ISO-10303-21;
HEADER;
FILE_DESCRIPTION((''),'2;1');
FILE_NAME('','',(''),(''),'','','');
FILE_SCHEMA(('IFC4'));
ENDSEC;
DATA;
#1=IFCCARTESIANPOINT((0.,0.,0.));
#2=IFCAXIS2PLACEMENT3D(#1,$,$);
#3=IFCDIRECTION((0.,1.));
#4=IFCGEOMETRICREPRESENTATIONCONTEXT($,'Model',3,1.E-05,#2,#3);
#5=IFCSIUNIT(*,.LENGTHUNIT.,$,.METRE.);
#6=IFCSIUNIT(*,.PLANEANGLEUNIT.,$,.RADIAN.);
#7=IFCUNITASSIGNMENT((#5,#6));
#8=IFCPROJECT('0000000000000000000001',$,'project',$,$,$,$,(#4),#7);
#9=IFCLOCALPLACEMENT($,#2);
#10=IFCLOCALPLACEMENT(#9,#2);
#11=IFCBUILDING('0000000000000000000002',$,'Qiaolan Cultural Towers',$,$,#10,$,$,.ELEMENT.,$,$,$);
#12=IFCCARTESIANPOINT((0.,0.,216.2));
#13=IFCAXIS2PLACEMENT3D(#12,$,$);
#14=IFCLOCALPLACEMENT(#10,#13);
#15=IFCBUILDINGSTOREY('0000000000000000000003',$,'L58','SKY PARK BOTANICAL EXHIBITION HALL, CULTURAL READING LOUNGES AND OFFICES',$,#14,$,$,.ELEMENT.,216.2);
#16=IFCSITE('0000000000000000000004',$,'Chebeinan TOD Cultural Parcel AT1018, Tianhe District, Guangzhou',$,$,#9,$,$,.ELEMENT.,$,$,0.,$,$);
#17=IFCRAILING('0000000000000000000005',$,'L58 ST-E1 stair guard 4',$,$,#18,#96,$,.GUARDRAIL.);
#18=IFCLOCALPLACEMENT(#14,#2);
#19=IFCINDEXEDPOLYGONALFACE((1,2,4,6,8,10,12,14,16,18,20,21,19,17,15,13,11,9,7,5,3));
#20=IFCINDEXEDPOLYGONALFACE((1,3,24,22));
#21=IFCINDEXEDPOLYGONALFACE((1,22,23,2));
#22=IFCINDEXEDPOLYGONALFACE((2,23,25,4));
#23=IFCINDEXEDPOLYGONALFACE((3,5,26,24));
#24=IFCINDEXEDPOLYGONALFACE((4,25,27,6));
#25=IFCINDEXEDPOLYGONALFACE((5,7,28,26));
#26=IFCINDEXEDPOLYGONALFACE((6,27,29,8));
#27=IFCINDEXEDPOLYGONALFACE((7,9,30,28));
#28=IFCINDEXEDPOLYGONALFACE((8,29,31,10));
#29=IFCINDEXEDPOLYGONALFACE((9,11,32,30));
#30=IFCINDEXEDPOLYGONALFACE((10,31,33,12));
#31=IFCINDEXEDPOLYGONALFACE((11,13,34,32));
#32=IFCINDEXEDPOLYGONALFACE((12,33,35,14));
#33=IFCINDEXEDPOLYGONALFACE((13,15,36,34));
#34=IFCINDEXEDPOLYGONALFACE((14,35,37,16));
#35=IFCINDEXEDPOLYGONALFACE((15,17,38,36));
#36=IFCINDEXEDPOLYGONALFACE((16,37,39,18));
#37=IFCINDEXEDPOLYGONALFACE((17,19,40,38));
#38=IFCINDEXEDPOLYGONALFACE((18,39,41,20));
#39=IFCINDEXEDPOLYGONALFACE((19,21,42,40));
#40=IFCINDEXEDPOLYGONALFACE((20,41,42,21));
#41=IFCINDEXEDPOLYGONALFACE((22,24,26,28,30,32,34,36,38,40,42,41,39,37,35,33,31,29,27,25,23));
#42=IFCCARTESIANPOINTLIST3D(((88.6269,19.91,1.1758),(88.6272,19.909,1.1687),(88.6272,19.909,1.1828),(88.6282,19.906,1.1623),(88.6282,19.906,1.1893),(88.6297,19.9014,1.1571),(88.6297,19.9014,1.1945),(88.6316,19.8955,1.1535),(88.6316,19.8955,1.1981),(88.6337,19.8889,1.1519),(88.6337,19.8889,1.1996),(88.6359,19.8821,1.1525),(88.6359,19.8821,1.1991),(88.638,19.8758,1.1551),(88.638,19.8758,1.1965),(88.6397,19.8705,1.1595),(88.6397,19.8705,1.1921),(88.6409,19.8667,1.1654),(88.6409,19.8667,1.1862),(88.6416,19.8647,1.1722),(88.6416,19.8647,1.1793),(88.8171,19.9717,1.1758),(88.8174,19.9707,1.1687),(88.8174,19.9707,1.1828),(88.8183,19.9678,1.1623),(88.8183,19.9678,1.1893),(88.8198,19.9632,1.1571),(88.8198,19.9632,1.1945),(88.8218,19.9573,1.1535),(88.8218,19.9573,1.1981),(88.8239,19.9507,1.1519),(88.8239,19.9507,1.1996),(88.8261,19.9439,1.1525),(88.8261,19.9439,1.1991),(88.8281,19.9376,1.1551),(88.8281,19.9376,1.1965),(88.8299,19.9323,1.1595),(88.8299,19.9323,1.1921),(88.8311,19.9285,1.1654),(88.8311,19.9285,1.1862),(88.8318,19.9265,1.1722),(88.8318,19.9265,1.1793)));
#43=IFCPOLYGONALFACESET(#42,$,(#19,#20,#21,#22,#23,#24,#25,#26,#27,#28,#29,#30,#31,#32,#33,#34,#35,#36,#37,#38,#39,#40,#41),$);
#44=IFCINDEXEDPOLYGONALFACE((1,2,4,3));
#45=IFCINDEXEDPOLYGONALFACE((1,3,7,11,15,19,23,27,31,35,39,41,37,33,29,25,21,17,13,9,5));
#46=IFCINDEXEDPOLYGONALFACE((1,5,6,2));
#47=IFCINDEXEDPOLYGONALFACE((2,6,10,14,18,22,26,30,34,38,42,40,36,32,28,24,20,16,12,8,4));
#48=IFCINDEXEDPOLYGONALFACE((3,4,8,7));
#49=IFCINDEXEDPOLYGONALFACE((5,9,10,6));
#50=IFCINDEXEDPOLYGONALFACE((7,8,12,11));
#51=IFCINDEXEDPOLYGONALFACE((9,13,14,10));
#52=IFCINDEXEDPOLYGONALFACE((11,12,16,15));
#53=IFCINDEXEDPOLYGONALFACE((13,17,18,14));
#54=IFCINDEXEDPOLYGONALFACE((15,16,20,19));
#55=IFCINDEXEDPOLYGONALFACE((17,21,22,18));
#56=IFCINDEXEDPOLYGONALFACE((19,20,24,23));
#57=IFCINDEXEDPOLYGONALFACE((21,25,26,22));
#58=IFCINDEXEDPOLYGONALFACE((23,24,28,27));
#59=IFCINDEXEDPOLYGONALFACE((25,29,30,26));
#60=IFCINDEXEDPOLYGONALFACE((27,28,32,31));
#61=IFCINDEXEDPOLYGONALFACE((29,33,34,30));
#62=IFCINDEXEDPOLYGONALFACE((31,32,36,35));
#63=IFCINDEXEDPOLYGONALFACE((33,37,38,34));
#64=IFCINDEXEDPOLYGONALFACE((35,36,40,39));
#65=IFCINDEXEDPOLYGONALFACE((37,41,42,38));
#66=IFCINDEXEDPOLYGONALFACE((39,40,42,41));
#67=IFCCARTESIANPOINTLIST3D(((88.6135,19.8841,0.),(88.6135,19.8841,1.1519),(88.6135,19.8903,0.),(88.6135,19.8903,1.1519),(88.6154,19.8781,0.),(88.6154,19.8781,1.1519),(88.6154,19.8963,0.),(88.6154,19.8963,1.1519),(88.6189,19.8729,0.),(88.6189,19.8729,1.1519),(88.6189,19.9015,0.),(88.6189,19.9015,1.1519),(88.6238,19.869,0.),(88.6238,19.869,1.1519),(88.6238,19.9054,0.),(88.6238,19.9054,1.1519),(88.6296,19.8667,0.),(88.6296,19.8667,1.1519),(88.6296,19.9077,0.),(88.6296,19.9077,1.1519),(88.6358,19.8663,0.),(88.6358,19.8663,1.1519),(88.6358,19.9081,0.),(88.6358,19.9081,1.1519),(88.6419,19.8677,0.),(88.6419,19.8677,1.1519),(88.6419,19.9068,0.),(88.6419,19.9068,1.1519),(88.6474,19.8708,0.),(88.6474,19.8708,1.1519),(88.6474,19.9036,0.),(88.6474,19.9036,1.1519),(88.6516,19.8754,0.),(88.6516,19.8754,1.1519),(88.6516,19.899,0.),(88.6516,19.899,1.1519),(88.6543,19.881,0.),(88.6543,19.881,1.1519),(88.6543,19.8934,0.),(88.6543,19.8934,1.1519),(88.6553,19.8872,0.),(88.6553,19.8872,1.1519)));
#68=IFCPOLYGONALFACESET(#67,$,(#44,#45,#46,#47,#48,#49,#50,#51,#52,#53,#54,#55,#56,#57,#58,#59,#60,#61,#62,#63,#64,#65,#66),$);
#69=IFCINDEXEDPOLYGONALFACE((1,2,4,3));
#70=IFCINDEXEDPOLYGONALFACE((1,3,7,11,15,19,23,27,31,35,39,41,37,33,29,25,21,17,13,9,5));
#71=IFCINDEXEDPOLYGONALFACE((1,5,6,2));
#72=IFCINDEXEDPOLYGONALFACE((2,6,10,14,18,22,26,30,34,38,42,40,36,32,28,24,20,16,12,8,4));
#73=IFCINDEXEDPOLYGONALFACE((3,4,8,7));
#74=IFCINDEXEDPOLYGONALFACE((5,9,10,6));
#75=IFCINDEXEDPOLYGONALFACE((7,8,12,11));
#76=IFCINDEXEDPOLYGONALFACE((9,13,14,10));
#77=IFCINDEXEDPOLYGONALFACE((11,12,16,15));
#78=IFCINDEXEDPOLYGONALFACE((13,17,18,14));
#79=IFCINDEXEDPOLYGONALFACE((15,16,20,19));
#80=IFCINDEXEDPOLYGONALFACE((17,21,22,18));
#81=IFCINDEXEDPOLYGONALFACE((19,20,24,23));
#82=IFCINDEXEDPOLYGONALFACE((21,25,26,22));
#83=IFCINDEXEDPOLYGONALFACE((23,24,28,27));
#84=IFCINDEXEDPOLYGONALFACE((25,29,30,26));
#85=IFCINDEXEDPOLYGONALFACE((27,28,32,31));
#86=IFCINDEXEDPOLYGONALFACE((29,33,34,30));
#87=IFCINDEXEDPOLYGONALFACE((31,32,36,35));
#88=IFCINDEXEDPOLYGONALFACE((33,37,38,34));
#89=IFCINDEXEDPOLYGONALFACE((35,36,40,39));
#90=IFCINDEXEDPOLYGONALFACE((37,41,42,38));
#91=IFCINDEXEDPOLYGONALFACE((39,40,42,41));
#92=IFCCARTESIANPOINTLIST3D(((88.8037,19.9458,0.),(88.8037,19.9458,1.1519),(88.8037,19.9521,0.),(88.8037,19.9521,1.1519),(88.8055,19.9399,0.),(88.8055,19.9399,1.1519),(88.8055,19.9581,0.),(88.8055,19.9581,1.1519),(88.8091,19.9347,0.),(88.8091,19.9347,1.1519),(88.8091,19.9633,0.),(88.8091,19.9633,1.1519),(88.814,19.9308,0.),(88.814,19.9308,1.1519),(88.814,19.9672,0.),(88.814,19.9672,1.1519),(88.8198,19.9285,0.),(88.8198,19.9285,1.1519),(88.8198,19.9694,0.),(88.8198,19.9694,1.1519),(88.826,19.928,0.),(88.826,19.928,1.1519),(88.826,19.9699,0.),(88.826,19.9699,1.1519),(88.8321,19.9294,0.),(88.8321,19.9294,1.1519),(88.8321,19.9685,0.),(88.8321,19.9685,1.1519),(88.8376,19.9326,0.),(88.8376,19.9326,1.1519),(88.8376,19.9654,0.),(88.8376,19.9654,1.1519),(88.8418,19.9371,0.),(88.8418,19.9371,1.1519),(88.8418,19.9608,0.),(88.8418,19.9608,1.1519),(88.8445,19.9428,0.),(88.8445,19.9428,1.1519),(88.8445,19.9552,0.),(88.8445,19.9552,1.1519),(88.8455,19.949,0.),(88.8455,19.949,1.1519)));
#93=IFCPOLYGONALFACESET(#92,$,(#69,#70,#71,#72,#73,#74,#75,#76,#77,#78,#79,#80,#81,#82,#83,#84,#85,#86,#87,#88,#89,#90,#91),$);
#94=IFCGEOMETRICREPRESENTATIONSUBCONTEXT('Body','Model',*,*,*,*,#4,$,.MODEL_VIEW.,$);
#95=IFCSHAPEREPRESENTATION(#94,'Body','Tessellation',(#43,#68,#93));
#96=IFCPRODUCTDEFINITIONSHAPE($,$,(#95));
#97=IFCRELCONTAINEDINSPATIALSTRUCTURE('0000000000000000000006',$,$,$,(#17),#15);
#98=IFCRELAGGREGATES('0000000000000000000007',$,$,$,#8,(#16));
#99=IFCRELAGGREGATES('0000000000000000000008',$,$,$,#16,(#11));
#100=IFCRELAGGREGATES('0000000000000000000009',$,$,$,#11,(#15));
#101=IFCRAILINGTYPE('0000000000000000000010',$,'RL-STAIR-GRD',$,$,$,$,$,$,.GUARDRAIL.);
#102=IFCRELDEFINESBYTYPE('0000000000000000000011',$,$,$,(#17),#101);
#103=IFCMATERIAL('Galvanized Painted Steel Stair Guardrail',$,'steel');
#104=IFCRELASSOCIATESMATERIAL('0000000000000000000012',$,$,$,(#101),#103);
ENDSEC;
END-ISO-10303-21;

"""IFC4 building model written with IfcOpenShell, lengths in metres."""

from ifc_helpers import new_model, si_unit, direction, frame, origin, origin_2d, place, context, subcontext, project, spatial, circle, extrude, material, type_object, element, save


model = new_model("IFC4")

# Units and contexts
model_context = context("Model", 3, precision=1e-05, world=origin(), true_north=direction((0.0, 1.0)))
body_context = subcontext(model_context, "Body", "Model", "MODEL_VIEW")
ifc_project = project(units=[si_unit("LENGTHUNIT", "METRE"), si_unit("PLANEANGLEUNIT", "RADIAN")], contexts=[model_context])

# Site, building, storey
site_placement = place(None, origin())
site = spatial("IfcSite", under=ifc_project, at=site_placement, Name="Chebeinan TOD Cultural Parcel AT1018, Tianhe District, Guangzhou", CompositionType="ELEMENT", RefElevation=0.0)
building_placement = place(site_placement, origin())
building = spatial("IfcBuilding", under=site, at=building_placement, Name="Qiaolan Cultural Towers", CompositionType="ELEMENT")
storey_placement = place(building_placement, frame((0.0, 0.0, 216.2)))
storey = spatial("IfcBuildingStorey", under=building, at=storey_placement, Name="L58", Description="SKY PARK BOTANICAL EXHIBITION HALL, CULTURAL READING LOUNGES AND OFFICES", CompositionType="ELEMENT", Elevation=216.2)

# Railing
ifc_material_1 = material(Name="Galvanized Painted Steel Stair Guardrail", Category="steel")
railing_type_1 = type_object("IfcRailingType", Name="RL-STAIR-GRD", PredefinedType="GUARDRAIL", material=ifc_material_1)
railing_1_placement = place(storey_placement, frame((88.6343, 19.8872, 0.0)))
element("IfcRailing", 1, at=railing_1_placement, inside=storey, type_object=railing_type_1, Name="L58 ST-E1 stair guard 4", PredefinedType="GUARDRAIL", context=body_context, shape_type="SweptSolid", body=[
    extrude(circle(Radius=0.0239, at=origin_2d()), frame((0.0, 0.0, 1.1758), z_axis=(0.951097, 0.308893, 0.0), x_axis=(-0.308893, 0.951097, 0.0)), (0.0, 0.0, 1.0), 0.2),
    extrude(circle(Radius=0.021, at=origin_2d()), origin(), (0.0, 0.0, 1.0), 1.1519),
    extrude(circle(Radius=0.021, at=origin_2d()), frame((0.1902, 0.0618, 0.0)), (0.0, 0.0, 1.0), 1.1519),
])

save(model, "model.ifc")
